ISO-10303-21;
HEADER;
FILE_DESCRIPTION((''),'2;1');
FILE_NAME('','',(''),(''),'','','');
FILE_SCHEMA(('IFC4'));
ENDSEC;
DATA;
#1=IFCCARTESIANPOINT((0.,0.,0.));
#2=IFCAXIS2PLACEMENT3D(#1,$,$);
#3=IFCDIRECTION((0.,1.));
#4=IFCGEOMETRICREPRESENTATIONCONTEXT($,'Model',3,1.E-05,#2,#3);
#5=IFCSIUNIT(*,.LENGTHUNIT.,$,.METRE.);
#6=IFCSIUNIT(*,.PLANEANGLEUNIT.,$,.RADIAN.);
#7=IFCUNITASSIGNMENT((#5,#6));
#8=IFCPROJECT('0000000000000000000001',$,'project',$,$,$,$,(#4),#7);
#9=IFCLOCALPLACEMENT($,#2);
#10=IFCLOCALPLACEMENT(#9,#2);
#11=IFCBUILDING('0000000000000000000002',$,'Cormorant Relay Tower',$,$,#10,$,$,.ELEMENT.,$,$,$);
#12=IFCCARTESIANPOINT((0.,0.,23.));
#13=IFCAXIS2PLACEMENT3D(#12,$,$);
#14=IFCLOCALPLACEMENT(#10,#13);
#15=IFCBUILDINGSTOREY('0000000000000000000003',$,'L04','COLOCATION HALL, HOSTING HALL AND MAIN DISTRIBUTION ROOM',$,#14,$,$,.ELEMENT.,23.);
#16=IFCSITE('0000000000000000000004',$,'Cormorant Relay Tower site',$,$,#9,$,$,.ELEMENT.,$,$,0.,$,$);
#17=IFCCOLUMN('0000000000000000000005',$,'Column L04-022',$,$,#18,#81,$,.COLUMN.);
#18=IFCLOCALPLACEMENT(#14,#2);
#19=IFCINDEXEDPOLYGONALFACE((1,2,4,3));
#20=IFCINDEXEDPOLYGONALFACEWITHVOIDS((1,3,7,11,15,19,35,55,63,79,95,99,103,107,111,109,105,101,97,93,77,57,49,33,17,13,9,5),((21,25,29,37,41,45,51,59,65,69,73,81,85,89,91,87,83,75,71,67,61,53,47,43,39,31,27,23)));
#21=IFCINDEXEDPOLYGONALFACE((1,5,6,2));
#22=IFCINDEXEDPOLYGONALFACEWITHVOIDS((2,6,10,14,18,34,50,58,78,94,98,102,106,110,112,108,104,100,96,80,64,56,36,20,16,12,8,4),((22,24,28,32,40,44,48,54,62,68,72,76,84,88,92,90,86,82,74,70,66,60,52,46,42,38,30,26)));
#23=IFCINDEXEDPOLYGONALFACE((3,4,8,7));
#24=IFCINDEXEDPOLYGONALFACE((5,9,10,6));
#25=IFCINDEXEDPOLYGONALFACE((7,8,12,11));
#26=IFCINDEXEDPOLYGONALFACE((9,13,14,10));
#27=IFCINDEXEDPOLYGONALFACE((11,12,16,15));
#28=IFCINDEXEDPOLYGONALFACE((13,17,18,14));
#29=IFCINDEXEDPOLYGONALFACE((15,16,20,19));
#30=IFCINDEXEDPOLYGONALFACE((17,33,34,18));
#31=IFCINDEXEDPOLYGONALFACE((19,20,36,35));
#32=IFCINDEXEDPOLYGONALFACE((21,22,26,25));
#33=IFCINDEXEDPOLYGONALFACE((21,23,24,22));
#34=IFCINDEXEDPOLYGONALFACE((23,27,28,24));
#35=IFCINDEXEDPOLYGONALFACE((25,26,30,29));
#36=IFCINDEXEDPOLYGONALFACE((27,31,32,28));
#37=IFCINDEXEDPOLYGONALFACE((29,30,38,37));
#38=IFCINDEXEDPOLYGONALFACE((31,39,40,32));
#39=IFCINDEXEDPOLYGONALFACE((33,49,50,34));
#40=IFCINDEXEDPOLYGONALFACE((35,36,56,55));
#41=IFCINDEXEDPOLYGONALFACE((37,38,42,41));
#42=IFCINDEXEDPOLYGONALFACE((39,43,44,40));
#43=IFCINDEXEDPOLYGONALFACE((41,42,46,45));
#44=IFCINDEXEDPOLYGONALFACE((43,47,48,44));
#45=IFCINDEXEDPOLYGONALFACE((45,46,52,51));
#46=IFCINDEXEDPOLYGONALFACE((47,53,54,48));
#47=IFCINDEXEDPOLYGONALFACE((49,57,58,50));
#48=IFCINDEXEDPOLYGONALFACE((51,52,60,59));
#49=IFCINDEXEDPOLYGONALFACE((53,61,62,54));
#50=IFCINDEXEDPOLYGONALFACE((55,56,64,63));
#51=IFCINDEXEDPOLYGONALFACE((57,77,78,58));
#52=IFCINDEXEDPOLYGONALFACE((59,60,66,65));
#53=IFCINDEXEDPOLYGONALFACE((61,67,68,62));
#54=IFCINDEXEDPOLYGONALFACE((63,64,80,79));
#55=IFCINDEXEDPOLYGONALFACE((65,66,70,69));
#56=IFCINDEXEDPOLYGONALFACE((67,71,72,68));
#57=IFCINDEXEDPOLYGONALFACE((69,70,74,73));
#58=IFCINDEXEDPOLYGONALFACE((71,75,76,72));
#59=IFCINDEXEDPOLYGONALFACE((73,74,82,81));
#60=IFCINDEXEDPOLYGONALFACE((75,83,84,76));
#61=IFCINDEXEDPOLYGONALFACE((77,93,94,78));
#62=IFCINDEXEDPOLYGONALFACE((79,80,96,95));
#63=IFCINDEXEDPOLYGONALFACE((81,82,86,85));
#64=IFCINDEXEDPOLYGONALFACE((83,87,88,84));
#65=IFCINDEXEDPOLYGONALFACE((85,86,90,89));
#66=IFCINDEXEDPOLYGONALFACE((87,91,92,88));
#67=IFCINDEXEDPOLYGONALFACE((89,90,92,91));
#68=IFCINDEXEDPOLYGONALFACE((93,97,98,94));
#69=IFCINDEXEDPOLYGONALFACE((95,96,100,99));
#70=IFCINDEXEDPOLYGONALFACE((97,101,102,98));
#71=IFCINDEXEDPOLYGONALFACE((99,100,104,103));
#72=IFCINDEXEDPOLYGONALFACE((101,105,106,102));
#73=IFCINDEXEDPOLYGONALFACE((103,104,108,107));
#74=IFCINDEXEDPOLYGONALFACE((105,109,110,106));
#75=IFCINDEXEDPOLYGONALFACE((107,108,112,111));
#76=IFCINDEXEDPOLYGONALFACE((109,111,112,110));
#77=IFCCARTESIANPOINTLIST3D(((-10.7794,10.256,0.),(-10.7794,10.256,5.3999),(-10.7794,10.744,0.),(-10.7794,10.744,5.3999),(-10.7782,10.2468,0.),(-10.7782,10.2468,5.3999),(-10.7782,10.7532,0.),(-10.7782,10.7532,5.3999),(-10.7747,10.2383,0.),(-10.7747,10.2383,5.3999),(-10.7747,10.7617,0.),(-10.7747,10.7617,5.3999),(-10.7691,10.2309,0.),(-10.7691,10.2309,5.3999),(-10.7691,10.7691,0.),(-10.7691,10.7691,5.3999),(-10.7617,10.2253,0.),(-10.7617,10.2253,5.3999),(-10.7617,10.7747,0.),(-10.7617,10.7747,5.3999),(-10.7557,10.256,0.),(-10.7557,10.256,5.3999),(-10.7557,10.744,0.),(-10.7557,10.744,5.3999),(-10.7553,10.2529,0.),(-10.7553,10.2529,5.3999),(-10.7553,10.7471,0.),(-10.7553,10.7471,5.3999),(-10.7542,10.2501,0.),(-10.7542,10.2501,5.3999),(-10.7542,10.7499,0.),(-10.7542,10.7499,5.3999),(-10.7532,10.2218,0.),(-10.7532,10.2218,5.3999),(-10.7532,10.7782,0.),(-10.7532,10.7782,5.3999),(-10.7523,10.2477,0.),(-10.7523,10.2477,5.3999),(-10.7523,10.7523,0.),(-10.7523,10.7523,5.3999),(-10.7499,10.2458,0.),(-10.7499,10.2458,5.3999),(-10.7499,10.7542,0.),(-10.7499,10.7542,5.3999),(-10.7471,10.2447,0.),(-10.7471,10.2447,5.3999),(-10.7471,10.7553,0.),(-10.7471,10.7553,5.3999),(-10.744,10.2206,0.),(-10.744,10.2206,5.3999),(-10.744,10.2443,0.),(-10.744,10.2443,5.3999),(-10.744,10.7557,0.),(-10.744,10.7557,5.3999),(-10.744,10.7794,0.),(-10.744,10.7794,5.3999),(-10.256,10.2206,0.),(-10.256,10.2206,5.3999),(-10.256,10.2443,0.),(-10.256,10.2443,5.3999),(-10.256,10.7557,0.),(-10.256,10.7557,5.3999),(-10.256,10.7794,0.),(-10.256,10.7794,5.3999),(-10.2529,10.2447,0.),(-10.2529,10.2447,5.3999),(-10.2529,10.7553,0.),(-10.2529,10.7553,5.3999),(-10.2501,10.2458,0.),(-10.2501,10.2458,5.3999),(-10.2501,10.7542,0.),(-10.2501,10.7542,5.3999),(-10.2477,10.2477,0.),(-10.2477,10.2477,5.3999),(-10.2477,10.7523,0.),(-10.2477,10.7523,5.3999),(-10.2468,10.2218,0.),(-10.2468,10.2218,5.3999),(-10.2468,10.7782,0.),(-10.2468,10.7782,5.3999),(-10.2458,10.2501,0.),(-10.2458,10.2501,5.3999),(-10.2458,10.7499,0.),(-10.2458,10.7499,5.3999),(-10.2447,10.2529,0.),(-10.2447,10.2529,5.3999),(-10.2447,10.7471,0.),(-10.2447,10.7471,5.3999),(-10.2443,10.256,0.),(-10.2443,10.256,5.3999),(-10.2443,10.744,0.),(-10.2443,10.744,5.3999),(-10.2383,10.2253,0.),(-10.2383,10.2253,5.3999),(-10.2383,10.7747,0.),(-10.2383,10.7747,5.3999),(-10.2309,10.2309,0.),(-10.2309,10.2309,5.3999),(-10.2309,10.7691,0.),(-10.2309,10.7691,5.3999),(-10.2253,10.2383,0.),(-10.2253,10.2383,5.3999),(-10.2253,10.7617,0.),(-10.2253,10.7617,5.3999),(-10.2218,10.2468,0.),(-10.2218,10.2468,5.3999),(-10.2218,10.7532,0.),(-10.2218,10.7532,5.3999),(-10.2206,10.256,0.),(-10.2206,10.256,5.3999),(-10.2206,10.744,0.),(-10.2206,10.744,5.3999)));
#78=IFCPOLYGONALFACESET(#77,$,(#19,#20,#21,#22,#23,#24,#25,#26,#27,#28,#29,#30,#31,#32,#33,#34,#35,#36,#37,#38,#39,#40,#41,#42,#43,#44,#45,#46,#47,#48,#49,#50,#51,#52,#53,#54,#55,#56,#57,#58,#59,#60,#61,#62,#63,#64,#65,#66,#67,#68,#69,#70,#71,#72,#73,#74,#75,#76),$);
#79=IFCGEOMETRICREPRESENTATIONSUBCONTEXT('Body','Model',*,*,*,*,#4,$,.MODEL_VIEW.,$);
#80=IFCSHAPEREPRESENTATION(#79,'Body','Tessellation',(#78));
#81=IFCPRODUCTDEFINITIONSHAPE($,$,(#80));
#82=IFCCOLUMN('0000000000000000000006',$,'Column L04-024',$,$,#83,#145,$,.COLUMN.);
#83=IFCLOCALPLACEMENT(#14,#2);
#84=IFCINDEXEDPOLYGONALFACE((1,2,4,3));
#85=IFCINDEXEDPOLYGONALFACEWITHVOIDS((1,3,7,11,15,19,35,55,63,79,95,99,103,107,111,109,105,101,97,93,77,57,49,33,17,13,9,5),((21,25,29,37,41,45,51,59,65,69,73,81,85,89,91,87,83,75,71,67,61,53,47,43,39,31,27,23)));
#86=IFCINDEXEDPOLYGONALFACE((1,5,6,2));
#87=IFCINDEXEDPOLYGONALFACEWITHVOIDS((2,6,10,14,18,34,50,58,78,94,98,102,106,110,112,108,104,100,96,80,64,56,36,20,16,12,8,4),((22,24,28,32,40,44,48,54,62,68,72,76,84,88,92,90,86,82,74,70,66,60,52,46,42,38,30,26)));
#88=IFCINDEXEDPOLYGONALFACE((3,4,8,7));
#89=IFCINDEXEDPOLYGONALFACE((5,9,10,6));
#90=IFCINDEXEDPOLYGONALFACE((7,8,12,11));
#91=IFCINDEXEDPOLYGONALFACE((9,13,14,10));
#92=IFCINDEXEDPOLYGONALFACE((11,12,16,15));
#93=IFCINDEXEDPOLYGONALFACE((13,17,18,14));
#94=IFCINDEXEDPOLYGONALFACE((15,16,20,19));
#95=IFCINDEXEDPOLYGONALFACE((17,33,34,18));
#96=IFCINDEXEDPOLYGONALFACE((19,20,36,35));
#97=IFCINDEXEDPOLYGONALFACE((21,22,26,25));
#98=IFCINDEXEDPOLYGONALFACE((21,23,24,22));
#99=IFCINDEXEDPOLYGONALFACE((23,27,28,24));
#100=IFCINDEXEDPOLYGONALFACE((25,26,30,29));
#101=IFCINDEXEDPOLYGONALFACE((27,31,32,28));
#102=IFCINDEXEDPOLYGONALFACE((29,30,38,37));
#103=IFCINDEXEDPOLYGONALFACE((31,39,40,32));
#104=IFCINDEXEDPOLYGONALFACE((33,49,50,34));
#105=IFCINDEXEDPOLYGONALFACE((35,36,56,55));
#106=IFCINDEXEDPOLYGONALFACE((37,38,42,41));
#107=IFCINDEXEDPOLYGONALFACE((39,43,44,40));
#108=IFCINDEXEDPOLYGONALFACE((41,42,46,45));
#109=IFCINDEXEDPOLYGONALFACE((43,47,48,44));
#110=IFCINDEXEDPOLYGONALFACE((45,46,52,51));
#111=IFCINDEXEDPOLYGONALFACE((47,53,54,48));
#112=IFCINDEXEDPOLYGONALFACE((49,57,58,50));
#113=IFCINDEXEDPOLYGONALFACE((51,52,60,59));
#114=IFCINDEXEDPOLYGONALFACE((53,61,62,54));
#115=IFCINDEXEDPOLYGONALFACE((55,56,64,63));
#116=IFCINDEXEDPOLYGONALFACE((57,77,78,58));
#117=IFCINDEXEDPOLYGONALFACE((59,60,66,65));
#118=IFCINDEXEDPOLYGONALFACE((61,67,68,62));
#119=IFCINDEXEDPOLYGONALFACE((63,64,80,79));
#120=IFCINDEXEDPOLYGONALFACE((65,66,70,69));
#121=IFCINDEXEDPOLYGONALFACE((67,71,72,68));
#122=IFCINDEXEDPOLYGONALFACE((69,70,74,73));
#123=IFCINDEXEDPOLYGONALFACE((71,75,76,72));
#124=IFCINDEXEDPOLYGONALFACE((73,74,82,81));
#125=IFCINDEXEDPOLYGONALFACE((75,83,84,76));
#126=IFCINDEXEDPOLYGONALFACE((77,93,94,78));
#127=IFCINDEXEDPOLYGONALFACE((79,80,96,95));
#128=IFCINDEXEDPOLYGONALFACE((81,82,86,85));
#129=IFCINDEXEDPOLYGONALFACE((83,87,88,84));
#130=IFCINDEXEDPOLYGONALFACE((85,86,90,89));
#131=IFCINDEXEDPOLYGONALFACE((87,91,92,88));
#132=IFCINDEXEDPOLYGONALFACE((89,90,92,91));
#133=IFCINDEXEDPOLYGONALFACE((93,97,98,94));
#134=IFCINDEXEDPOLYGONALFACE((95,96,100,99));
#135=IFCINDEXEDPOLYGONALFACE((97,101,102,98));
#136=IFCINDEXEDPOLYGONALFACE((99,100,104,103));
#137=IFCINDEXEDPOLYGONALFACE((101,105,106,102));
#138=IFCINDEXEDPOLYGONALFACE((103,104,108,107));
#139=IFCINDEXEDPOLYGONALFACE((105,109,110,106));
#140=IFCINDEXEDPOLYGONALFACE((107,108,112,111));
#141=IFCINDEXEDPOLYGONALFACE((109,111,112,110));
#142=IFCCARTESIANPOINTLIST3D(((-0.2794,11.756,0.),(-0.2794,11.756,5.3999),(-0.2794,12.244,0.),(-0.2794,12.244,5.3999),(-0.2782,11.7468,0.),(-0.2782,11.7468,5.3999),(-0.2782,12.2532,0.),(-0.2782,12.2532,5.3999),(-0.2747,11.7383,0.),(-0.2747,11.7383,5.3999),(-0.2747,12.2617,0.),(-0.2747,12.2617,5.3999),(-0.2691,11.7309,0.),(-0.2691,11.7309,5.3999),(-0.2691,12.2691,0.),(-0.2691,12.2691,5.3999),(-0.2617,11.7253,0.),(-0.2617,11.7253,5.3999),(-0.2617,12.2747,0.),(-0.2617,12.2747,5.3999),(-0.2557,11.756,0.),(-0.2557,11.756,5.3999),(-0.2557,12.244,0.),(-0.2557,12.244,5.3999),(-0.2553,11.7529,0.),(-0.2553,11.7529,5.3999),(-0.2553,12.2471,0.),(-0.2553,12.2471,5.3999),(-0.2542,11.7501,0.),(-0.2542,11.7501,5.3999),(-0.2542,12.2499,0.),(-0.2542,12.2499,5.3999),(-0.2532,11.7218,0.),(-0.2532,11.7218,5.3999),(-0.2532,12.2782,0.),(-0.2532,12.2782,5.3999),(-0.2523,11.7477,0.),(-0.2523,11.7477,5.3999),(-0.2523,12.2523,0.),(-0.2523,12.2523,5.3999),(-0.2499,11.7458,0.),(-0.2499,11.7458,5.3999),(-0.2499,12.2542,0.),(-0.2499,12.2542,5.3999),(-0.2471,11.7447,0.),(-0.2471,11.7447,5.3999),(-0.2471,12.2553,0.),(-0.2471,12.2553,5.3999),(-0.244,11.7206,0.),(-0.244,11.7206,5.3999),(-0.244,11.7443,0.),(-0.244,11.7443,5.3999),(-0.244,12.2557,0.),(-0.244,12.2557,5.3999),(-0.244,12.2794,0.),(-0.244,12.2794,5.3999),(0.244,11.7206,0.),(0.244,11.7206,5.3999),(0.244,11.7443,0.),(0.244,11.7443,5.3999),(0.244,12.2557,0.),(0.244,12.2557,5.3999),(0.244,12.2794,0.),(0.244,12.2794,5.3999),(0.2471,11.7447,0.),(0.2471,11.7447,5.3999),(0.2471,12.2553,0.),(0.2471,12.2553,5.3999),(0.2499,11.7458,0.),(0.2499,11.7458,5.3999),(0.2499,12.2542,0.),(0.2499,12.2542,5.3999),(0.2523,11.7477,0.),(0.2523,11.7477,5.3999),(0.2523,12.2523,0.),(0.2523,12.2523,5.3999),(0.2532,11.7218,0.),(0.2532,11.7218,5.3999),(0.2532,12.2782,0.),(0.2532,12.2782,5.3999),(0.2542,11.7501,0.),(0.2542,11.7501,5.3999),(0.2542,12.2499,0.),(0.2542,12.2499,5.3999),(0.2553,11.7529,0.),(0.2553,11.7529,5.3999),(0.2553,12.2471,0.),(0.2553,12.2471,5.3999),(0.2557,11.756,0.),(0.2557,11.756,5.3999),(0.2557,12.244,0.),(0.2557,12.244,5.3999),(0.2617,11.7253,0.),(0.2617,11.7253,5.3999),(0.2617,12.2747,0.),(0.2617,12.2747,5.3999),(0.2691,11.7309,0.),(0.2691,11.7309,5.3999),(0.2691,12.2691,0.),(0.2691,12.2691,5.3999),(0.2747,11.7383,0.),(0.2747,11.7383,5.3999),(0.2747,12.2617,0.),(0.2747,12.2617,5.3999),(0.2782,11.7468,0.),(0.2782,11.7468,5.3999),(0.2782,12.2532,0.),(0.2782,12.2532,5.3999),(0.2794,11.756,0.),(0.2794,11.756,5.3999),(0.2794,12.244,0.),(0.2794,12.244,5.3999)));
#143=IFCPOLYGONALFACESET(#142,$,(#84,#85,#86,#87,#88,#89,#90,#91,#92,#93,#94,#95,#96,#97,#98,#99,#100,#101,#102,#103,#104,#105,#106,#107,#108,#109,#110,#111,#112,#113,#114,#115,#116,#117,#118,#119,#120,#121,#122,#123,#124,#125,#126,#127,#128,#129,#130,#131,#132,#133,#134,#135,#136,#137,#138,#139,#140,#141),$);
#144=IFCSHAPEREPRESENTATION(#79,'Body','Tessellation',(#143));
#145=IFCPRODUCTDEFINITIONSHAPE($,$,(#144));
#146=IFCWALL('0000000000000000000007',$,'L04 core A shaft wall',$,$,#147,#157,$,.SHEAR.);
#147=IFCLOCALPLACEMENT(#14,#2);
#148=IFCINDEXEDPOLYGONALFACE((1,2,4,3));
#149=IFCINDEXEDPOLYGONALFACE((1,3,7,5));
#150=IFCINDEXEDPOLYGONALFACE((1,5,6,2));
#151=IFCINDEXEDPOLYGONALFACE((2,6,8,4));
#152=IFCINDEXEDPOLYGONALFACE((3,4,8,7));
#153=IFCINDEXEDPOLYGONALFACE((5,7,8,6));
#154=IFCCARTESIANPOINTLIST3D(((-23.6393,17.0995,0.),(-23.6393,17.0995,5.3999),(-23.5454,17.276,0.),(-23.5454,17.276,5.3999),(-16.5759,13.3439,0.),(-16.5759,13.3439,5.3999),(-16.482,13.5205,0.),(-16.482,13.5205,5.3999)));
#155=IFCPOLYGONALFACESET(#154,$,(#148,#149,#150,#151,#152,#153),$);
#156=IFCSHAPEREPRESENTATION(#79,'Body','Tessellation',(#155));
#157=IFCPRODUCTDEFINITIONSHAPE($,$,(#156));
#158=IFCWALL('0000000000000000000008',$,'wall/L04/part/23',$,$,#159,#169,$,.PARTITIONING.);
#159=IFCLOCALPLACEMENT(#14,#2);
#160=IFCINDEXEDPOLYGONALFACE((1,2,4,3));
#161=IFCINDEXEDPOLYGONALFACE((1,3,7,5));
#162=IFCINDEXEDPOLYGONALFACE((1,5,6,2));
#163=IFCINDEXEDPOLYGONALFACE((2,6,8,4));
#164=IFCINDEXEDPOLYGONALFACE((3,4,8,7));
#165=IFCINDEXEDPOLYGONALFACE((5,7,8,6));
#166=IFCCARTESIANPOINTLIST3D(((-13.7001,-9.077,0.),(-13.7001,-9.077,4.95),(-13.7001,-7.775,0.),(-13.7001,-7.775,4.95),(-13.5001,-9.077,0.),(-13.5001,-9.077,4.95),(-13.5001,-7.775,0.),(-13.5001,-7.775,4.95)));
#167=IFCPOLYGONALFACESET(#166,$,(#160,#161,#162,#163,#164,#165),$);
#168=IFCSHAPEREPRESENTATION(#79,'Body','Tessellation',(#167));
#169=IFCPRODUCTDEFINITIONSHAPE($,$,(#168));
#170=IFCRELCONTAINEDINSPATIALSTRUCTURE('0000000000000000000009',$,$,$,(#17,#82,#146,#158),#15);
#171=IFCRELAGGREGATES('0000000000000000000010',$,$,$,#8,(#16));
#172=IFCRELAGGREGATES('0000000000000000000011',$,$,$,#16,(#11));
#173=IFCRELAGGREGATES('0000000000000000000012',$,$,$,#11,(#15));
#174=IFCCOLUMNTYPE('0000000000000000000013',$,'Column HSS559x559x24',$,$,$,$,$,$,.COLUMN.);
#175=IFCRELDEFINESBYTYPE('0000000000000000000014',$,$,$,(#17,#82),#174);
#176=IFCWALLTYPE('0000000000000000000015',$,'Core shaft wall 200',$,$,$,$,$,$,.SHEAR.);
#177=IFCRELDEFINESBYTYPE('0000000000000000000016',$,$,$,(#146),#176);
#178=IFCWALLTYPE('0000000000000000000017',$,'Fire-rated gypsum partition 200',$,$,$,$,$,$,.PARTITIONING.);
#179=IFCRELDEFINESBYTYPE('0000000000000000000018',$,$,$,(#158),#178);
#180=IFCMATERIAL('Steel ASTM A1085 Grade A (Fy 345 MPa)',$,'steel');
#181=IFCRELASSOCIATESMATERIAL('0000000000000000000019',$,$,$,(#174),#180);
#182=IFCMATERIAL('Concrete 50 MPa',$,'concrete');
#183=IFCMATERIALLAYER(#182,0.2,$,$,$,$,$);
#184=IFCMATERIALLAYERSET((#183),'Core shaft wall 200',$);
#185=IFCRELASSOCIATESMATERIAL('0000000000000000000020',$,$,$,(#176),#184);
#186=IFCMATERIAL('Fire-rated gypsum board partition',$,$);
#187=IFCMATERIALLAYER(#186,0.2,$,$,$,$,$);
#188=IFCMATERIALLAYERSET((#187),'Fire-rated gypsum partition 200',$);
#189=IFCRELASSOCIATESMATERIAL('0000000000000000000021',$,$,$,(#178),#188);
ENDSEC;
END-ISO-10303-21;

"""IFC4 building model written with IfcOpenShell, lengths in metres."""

from ifc_helpers import new_model, si_unit, direction, frame, frame_2d, origin, origin_2d, place, context, subcontext, project, spatial, rectangle, hollow_rectangle, extrude, material, layer, layer_set, material_profile, profile_set, type_object, element, save


model = new_model("IFC4")

# Units and contexts
model_context = context("Model", 3, precision=1e-05, world=origin(), true_north=direction((0.0, 1.0)))
body_context = subcontext(model_context, "Body", "Model", "MODEL_VIEW")
ifc_project = project(units=[si_unit("LENGTHUNIT", "METRE"), si_unit("PLANEANGLEUNIT", "RADIAN")], contexts=[model_context])

# Site, building, storey
site_placement = place(None, origin())
site = spatial("IfcSite", under=ifc_project, at=site_placement, Name="Cormorant Relay Tower site", CompositionType="ELEMENT", RefElevation=0.0)
building_placement = place(site_placement, origin())
building = spatial("IfcBuilding", under=site, at=building_placement, Name="Cormorant Relay Tower", CompositionType="ELEMENT")
storey_placement = place(building_placement, frame((0.0, 0.0, 23.0)))
storey = spatial("IfcBuildingStorey", under=building, at=storey_placement, Name="L04", Description="COLOCATION HALL, HOSTING HALL AND MAIN DISTRIBUTION ROOM", CompositionType="ELEMENT", Elevation=23.0)

# Columns
ifc_material_1 = material(Name="Steel ASTM A1085 Grade A (Fy 345 MPa)", Category="steel")
ifc_material_profile = material_profile(ifc_material_1, hollow_rectangle(XDim=0.5588, YDim=0.5588, WallThickness=0.0237, InnerFilletRadius=0.0117, OuterFilletRadius=0.0354, at=origin_2d()), Name="HSS559x559x24")
ifc_profile_set = profile_set([ifc_material_profile], Name="Steel ASTM A1085 Grade A (Fy 345 MPa)")
column_type = type_object("IfcColumnType", Name="Column HSS559x559x24", PredefinedType="COLUMN", material=ifc_profile_set)
for number, where, z_axis, x_axis, name in (
    (1, (-10.5, 10.5, 0.0), (0.0, 0.0, 1.0), (1.0, 0.0, 0.0), "Column L04-022"),
    (2, (0.0, 12.0, 0.0), (0.0, 0.0, 1.0), (1.0, 0.0, 0.0), "Column L04-024"),
):
    element("IfcColumn", number, at=place(storey_placement, frame(where, z_axis=z_axis, x_axis=x_axis)), inside=storey, type_object=column_type, Name=name, PredefinedType="COLUMN", context=body_context, shape_type="SweptSolid", body=[
        extrude(hollow_rectangle(XDim=0.5588, YDim=0.5588, WallThickness=0.0237, InnerFilletRadius=0.0117, OuterFilletRadius=0.0354, at=origin_2d()), origin(), (0.0, 0.0, 1.0), 5.3999),
    ])

# Walls
ifc_material_2 = material(Name="Concrete 50 MPa", Category="concrete")
ifc_layer_1 = layer(ifc_material_2, 0.2)
ifc_layer_set_1 = layer_set([ifc_layer_1], Name="Core shaft wall 200")
wall_type_1 = type_object("IfcWallType", Name="Core shaft wall 200", PredefinedType="SHEAR", material=ifc_layer_set_1)
wall_1_placement = place(storey_placement, frame((-16.5288, 13.4321, 0.0), z_axis=(0.0, 0.0, 1.0), x_axis=(-0.882953, 0.469462, 0.0)))
element("IfcWall", 3, at=wall_1_placement, inside=storey, type_object=wall_type_1, Name="L04 core A shaft wall", PredefinedType="SHEAR", context=body_context, shape_type="SweptSolid", body=[
    extrude(rectangle(XDim=7.9998, YDim=0.2, at=frame_2d((4.0, 0.0))), origin(), (0.0, 0.0, 1.0), 5.3999),
])
ifc_material_3 = material(Name="Fire-rated gypsum board partition")
ifc_layer_2 = layer(ifc_material_3, 0.2)
ifc_layer_set_2 = layer_set([ifc_layer_2], Name="Fire-rated gypsum partition 200")
wall_type_2 = type_object("IfcWallType", Name="Fire-rated gypsum partition 200", PredefinedType="PARTITIONING", material=ifc_layer_set_2)
wall_2_placement = place(storey_placement, frame((-13.6001, -9.0769, 0.0), z_axis=(0.0, 0.0, 1.0), x_axis=(0.0, 1.0, 0.0)))
element("IfcWall", 4, at=wall_2_placement, inside=storey, type_object=wall_type_2, Name="wall/L04/part/23", PredefinedType="PARTITIONING", context=body_context, shape_type="SweptSolid", body=[
    extrude(rectangle(XDim=1.302, YDim=0.2, at=frame_2d((0.6509, 0.0))), origin(), (0.0, 0.0, 1.0), 4.95),
])

save(model, "model.ifc")
